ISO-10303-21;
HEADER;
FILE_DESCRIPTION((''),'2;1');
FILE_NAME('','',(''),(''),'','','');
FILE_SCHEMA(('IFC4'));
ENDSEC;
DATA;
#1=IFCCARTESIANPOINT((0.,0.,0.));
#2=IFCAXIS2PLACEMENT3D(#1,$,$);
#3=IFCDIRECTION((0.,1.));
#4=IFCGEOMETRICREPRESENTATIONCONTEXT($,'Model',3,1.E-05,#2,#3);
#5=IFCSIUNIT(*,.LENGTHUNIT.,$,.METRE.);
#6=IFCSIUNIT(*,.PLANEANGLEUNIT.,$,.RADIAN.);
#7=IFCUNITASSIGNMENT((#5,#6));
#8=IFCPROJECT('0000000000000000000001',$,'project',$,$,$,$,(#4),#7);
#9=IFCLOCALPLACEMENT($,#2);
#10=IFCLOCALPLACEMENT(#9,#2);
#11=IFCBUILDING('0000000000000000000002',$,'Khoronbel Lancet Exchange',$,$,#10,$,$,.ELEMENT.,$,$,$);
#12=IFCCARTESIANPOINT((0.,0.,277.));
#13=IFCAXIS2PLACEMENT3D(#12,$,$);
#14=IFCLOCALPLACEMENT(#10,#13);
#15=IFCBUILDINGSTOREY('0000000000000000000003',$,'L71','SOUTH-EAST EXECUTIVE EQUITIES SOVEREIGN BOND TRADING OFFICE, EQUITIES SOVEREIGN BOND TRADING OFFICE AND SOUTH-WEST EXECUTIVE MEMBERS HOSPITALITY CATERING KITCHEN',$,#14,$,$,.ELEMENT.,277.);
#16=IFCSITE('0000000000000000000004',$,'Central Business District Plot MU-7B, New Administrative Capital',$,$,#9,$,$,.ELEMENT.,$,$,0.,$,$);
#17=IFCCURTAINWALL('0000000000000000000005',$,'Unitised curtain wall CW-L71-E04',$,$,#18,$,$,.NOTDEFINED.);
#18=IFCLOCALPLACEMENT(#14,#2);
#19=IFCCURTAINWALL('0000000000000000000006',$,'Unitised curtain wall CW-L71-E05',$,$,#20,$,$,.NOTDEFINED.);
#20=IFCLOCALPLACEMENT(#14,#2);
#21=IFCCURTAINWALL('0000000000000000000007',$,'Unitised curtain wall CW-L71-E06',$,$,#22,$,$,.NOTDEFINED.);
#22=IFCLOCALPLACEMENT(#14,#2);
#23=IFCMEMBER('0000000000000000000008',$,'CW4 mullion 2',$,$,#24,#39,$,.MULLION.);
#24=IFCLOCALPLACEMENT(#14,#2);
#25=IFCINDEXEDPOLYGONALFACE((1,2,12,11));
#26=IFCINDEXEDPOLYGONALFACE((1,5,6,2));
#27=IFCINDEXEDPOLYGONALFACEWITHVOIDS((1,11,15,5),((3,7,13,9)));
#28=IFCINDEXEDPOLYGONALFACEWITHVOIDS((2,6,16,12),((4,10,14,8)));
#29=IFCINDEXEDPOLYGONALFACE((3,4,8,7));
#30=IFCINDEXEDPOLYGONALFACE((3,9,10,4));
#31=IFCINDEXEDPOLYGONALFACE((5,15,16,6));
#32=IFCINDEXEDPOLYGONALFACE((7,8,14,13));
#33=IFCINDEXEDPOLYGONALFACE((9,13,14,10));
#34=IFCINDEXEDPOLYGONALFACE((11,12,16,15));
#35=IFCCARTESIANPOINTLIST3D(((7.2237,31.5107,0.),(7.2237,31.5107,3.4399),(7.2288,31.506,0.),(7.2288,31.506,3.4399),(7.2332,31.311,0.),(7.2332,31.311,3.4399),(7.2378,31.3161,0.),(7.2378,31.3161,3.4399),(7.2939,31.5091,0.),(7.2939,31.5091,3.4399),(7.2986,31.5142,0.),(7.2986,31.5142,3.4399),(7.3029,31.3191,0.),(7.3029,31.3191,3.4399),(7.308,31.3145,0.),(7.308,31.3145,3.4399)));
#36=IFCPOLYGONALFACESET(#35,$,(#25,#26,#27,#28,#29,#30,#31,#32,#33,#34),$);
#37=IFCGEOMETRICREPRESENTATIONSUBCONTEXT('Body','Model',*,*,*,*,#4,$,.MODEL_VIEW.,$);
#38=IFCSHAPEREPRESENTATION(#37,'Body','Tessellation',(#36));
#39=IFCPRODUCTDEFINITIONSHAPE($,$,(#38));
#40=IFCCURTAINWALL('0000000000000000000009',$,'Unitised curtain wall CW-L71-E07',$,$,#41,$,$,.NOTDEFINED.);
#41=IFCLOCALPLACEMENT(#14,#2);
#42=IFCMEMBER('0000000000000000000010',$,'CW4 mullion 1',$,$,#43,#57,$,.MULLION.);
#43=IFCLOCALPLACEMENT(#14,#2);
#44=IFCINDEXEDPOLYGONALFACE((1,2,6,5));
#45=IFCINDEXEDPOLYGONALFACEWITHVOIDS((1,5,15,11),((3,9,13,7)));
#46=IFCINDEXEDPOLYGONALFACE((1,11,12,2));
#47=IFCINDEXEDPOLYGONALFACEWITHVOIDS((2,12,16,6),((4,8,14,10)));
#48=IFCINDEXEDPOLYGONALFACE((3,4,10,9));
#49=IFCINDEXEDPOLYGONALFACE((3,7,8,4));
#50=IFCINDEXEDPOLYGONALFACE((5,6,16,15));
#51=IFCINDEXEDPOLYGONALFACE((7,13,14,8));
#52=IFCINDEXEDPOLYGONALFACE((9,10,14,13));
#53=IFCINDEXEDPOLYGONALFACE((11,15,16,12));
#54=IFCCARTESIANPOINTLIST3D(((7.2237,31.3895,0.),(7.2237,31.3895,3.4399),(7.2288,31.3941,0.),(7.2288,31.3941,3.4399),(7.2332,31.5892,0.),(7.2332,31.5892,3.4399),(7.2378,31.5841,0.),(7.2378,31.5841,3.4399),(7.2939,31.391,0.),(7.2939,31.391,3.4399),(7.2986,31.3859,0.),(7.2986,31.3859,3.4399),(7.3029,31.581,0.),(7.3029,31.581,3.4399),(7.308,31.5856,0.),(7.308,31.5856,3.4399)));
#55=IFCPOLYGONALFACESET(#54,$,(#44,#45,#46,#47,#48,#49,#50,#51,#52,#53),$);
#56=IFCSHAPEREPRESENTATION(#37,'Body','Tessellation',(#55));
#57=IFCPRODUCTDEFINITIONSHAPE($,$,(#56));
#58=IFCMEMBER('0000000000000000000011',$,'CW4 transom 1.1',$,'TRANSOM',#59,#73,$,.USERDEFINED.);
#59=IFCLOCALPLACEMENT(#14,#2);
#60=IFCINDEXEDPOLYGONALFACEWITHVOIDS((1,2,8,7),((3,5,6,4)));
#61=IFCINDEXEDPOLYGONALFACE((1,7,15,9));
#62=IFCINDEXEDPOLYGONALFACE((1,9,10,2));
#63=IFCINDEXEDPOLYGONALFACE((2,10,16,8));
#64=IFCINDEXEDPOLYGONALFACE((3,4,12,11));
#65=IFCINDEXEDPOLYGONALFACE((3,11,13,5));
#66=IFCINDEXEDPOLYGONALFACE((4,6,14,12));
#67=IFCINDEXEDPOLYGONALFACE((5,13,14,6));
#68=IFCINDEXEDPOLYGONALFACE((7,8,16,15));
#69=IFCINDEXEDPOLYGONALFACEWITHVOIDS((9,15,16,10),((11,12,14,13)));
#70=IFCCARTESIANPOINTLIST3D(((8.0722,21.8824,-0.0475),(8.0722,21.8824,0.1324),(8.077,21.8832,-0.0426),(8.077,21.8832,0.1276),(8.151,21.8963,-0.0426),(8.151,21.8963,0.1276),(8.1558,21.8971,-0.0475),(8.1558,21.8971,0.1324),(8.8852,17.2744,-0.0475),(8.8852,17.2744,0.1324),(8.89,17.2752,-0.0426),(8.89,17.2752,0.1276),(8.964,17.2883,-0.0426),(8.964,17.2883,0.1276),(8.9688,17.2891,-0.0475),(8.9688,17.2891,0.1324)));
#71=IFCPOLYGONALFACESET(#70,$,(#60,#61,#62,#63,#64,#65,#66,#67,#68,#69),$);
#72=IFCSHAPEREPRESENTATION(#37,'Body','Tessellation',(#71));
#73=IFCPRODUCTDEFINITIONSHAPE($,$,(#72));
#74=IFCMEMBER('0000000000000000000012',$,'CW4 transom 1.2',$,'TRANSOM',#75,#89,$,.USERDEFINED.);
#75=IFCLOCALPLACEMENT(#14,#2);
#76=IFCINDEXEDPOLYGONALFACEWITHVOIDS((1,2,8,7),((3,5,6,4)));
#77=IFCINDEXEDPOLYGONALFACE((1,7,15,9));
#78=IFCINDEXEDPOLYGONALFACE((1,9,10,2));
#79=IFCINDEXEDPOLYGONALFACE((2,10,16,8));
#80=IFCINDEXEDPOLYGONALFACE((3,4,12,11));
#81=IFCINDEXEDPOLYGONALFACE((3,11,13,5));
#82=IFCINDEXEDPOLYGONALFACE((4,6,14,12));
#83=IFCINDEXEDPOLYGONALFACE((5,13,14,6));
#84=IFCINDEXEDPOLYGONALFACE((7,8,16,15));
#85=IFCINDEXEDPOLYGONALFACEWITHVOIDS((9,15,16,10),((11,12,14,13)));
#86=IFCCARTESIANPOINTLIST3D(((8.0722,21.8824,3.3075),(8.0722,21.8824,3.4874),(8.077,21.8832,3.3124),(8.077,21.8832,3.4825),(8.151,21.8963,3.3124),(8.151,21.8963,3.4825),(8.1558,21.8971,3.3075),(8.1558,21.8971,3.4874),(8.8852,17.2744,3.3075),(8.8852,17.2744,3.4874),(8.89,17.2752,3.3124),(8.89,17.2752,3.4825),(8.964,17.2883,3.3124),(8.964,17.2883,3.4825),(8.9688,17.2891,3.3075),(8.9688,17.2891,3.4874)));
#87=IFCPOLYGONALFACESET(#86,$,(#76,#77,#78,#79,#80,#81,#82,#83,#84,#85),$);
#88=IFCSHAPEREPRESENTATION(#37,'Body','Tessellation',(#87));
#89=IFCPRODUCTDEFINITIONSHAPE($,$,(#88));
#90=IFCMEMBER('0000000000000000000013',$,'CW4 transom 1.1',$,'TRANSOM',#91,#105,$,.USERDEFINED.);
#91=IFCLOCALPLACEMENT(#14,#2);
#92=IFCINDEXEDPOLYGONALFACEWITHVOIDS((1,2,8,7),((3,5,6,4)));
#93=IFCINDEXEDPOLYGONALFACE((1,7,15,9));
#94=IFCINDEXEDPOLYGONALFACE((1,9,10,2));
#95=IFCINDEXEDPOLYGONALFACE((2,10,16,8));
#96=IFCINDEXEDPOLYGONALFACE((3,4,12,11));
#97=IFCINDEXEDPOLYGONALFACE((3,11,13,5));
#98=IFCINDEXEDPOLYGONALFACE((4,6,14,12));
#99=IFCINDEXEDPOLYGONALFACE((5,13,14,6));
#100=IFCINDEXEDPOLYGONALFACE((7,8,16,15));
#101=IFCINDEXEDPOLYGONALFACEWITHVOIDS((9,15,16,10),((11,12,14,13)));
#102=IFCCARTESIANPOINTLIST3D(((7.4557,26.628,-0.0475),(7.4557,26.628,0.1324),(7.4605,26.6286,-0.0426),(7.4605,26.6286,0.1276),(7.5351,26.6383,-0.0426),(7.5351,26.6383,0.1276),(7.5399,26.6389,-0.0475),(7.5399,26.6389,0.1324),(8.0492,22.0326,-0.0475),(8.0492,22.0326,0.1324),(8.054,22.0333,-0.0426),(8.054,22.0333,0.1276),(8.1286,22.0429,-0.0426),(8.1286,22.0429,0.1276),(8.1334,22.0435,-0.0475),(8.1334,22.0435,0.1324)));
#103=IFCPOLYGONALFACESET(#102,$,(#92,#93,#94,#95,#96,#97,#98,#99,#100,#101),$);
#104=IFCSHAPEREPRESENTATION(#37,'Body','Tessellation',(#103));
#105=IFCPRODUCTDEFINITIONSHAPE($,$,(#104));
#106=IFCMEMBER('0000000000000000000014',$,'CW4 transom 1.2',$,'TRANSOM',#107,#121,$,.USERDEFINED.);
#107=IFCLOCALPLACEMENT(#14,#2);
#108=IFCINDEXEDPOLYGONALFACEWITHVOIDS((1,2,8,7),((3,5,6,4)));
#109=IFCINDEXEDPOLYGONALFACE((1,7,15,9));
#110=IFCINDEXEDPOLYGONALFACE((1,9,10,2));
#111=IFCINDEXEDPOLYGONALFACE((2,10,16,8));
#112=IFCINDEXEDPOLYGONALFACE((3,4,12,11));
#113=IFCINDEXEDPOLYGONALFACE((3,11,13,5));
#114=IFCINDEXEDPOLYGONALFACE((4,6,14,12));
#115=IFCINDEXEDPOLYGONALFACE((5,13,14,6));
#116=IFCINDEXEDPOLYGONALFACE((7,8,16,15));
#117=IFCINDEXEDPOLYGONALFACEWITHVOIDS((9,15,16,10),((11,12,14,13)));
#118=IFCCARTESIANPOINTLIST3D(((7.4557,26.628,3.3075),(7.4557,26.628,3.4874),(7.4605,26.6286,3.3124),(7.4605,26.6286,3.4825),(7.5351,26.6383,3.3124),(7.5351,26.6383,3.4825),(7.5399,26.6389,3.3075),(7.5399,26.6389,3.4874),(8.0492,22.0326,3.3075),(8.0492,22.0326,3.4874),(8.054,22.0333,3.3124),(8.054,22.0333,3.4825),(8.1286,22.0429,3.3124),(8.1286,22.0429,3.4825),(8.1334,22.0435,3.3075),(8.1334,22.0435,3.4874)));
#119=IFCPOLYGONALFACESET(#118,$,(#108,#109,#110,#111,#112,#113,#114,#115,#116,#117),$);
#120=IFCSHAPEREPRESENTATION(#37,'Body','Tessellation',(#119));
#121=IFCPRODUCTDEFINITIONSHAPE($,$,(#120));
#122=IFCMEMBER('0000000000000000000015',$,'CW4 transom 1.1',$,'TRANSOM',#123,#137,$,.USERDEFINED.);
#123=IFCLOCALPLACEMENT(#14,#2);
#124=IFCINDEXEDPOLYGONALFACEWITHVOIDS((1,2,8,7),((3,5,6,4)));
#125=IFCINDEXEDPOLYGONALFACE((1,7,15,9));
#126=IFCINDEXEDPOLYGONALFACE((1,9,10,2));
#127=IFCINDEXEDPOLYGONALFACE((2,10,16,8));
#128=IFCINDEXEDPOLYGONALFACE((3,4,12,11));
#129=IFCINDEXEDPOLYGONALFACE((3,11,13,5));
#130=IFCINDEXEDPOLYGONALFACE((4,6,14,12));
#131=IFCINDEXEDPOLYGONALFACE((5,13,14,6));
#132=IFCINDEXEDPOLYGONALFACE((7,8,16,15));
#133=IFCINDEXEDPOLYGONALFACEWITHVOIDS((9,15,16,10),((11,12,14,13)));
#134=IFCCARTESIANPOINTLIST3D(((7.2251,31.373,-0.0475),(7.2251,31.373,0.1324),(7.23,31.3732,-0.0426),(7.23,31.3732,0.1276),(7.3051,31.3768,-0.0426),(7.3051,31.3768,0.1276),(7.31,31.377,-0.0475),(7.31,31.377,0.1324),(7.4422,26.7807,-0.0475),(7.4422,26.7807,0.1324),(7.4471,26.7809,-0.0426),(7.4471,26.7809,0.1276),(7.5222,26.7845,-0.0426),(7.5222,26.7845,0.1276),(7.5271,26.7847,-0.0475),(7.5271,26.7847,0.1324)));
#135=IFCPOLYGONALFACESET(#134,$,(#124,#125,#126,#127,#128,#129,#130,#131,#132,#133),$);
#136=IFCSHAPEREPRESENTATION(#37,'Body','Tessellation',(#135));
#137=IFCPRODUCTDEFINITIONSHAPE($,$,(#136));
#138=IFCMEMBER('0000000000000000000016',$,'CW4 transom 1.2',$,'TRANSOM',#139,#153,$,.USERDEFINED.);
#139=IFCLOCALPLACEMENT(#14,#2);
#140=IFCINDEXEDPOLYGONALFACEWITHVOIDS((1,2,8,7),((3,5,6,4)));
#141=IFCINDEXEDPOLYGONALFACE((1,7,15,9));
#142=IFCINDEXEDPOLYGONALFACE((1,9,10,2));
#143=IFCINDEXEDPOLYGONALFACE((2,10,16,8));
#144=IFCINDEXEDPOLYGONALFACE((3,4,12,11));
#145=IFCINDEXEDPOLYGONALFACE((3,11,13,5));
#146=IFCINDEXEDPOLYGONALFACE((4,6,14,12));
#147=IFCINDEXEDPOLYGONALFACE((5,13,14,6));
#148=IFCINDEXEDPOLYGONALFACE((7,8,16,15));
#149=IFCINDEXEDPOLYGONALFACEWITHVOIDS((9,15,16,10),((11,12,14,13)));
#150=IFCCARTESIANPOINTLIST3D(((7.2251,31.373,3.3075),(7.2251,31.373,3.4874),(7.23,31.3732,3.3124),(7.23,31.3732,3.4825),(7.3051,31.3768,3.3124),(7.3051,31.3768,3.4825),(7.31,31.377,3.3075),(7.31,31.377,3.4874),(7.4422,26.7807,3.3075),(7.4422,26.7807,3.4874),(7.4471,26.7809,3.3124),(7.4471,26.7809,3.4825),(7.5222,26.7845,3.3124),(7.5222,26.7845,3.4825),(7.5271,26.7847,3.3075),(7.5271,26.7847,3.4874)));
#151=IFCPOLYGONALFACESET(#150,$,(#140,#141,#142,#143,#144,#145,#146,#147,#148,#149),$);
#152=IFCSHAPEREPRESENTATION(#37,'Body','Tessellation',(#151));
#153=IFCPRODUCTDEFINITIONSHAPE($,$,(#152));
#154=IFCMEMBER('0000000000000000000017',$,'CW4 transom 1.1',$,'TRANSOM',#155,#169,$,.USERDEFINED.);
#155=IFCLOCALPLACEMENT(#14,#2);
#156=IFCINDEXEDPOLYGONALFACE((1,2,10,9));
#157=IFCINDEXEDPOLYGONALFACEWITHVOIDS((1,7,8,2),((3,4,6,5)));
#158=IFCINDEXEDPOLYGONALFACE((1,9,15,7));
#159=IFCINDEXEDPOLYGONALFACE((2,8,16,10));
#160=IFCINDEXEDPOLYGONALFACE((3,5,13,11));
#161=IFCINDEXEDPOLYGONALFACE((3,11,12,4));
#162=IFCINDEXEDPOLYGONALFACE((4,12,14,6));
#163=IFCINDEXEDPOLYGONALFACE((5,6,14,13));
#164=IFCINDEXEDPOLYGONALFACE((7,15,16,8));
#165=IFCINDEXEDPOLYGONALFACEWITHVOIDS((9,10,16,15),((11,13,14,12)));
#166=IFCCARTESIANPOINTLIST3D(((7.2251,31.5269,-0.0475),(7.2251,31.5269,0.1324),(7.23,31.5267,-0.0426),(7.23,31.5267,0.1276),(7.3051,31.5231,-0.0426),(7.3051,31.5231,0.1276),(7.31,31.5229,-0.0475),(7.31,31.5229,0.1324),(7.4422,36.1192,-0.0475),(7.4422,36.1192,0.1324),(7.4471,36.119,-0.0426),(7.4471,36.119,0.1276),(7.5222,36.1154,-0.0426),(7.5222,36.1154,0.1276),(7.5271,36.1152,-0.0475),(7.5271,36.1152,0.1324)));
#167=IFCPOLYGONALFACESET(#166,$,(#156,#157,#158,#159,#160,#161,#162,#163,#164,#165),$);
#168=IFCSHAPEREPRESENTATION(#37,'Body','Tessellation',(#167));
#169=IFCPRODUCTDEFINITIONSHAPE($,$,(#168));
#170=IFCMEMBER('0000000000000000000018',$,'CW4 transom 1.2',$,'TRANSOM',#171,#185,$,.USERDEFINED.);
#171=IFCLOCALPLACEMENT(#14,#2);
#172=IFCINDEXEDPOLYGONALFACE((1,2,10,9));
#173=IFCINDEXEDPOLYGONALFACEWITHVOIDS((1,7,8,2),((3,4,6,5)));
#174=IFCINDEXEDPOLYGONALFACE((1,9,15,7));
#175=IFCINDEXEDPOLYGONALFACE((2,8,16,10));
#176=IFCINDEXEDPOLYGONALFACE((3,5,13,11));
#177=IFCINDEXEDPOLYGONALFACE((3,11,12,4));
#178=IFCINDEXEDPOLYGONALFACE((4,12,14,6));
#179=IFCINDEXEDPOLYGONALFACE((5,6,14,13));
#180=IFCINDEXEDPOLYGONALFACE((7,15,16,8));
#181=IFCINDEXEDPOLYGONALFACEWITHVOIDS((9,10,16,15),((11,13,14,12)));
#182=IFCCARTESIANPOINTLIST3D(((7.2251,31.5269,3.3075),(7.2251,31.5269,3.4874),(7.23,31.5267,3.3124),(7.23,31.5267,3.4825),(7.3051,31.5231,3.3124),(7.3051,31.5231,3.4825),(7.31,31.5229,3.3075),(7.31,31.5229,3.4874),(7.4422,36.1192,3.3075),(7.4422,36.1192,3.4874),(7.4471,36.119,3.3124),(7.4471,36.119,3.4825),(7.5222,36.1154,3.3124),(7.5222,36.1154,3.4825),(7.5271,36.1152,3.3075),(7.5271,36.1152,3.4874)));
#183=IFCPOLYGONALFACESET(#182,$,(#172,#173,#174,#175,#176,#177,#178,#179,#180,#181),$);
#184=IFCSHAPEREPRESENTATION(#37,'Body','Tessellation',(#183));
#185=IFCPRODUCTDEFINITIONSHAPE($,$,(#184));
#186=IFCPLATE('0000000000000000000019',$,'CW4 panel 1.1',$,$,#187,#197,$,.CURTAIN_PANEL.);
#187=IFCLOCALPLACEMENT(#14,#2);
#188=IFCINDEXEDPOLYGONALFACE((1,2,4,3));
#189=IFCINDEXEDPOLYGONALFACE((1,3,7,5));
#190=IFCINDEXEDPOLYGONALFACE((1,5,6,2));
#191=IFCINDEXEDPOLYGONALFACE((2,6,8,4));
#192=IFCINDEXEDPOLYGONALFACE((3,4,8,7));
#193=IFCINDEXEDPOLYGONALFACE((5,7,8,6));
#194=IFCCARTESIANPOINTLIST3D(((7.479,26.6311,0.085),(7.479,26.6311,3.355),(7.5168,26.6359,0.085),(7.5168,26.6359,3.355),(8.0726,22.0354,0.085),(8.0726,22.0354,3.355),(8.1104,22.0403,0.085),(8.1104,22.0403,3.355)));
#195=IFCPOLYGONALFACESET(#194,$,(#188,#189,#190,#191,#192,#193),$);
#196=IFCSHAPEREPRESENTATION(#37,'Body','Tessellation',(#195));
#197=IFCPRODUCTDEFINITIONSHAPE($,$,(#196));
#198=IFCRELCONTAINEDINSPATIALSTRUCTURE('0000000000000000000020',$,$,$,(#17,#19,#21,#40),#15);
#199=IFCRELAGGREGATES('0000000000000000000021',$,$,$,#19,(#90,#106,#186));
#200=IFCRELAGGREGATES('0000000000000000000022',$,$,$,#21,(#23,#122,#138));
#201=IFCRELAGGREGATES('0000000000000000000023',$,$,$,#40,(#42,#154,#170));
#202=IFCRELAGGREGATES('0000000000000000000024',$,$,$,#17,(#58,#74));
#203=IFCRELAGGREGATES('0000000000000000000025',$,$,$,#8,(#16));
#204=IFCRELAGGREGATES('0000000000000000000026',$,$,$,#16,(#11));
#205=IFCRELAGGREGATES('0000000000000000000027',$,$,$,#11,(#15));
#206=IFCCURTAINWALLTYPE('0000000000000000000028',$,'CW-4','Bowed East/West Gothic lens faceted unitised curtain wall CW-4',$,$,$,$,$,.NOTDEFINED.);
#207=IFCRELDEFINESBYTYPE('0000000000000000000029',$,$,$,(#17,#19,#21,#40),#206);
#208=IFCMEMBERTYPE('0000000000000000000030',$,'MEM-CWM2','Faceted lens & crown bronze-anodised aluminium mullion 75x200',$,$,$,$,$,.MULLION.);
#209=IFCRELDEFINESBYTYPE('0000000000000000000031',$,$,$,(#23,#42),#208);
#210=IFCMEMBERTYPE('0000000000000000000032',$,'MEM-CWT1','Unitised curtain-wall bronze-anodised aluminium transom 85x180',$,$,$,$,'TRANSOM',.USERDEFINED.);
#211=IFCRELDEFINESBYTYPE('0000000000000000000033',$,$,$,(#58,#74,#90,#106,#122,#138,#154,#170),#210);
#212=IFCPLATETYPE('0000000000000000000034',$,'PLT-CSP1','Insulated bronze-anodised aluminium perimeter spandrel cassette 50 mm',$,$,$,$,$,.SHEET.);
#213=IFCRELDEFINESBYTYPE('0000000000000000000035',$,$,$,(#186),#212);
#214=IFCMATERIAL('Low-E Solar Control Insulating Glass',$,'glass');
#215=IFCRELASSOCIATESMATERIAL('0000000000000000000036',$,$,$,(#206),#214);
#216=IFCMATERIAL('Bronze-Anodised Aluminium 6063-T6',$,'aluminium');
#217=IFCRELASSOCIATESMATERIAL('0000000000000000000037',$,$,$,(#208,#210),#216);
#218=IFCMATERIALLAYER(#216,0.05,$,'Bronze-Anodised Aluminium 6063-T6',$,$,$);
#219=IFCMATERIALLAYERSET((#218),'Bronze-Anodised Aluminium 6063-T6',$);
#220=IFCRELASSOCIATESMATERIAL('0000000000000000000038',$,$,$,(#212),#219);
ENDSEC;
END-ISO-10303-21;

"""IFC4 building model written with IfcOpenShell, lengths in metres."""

from ifc_helpers import new_model, si_unit, direction, frame, origin, origin_2d, place, context, subcontext, project, spatial, rectangle, hollow_rectangle, extrude, material, layer, layer_set, material_profile, profile_set, type_object, element, aggregate, save


model = new_model("IFC4")

# Units and contexts
model_context = context("Model", 3, precision=1e-05, world=origin(), true_north=direction((0.0, 1.0)))
body_context = subcontext(model_context, "Body", "Model", "MODEL_VIEW")
ifc_project = project(units=[si_unit("LENGTHUNIT", "METRE"), si_unit("PLANEANGLEUNIT", "RADIAN")], contexts=[model_context])

# Site, building, storey
site_placement = place(None, origin())
site = spatial("IfcSite", under=ifc_project, at=site_placement, Name="Central Business District Plot MU-7B, New Administrative Capital", CompositionType="ELEMENT", RefElevation=0.0)
building_placement = place(site_placement, origin())
building = spatial("IfcBuilding", under=site, at=building_placement, Name="Khoronbel Lancet Exchange", CompositionType="ELEMENT")
storey_placement = place(building_placement, frame((0.0, 0.0, 277.0)))
storey = spatial("IfcBuildingStorey", under=building, at=storey_placement, Name="L71", Description="SOUTH-EAST EXECUTIVE EQUITIES SOVEREIGN BOND TRADING OFFICE, EQUITIES SOVEREIGN BOND TRADING OFFICE AND SOUTH-WEST EXECUTIVE MEMBERS HOSPITALITY CATERING KITCHEN", CompositionType="ELEMENT", Elevation=277.0)

# Curtain walls, member
ifc_material_1 = material(Name="Low-E Solar Control Insulating Glass", Category="glass")
curtain_wall_type = type_object("IfcCurtainWallType", Name="CW-4", Description="Bowed East/West Gothic lens faceted unitised curtain wall CW-4", PredefinedType="NOTDEFINED", material=ifc_material_1)
curtain_wall_1_placement = place(storey_placement, origin())
curtain_wall_1 = element("IfcCurtainWall", 1, at=curtain_wall_1_placement, inside=storey, type_object=curtain_wall_type, Name="Unitised curtain wall CW-L71-E04", PredefinedType="NOTDEFINED")
ifc_material_2 = material(Name="Bronze-Anodised Aluminium 6063-T6", Category="aluminium")
ifc_material_profile_1 = material_profile(ifc_material_2, hollow_rectangle(XDim=0.075, YDim=0.2, WallThickness=0.0049, at=origin_2d()), Name="ALU MULLION 75x200")
ifc_profile_set_1 = profile_set([ifc_material_profile_1], Name="Bronze-Anodised Aluminium 6063-T6")
member_type_1 = type_object("IfcMemberType", Name="MEM-CWM2", Description="Faceted lens & crown bronze-anodised aluminium mullion 75x200", PredefinedType="MULLION", material=ifc_profile_set_1)
curtain_wall_2_placement = place(storey_placement, origin())
curtain_wall_2 = element("IfcCurtainWall", 2, at=curtain_wall_2_placement, inside=storey, type_object=curtain_wall_type, Name="Unitised curtain wall CW-L71-E05", PredefinedType="NOTDEFINED")
curtain_wall_3_placement = place(storey_placement, origin())
curtain_wall_3 = element("IfcCurtainWall", 3, at=curtain_wall_3_placement, inside=storey, type_object=curtain_wall_type, Name="Unitised curtain wall CW-L71-E06", PredefinedType="NOTDEFINED")
member_1_placement = place(storey_placement, frame((7.2659, 31.4126, 0.0), z_axis=(0.0, 0.0, 1.0), x_axis=(-0.998885, -0.047205, 0.0)))
member_1 = element("IfcMember", 4, at=member_1_placement, type_object=member_type_1, Name="CW4 mullion 2", PredefinedType="MULLION", context=body_context, shape_type="SweptSolid", body=[
    extrude(hollow_rectangle(XDim=0.075, YDim=0.2, WallThickness=0.0049, at=origin_2d()), origin(), (0.0, 0.0, 1.0), 3.4399),
])

# Curtain wall, member
curtain_wall_4_placement = place(storey_placement, origin())
curtain_wall_4 = element("IfcCurtainWall", 5, at=curtain_wall_4_placement, inside=storey, type_object=curtain_wall_type, Name="Unitised curtain wall CW-L71-E07", PredefinedType="NOTDEFINED")
member_2_placement = place(storey_placement, frame((7.2659, 31.4875, 0.0), z_axis=(0.0, 0.0, 1.0), x_axis=(-0.998885, 0.047205, 0.0)))
member_2 = element("IfcMember", 6, at=member_2_placement, type_object=member_type_1, Name="CW4 mullion 1", PredefinedType="MULLION", context=body_context, shape_type="SweptSolid", body=[
    extrude(hollow_rectangle(XDim=0.075, YDim=0.2, WallThickness=0.0049, at=origin_2d()), origin(), (0.0, 0.0, 1.0), 3.4399),
])

# Members
ifc_material_profile_2 = material_profile(ifc_material_2, hollow_rectangle(XDim=0.085, YDim=0.1799, WallThickness=0.0049, at=origin_2d()), Name="ALU TRANSOM 85x180")
ifc_profile_set_2 = profile_set([ifc_material_profile_2], Name="Bronze-Anodised Aluminium 6063-T6")
member_type_2 = type_object("IfcMemberType", Name="MEM-CWT1", Description="Unitised curtain-wall bronze-anodised aluminium transom 85x180", ElementType="TRANSOM", PredefinedType="USERDEFINED", material=ifc_profile_set_2)
member_3_placement = place(storey_placement, frame((8.927, 17.2817, 0.0425), z_axis=(-0.17375, 0.98479, 0.0), x_axis=(-0.98479, -0.17375, 0.0)))
member_3 = element("IfcMember", 7, at=member_3_placement, type_object=member_type_2, Name="CW4 transom 1.1", ObjectType="TRANSOM", PredefinedType="USERDEFINED", context=body_context, shape_type="SweptSolid", body=[
    extrude(hollow_rectangle(XDim=0.085, YDim=0.1799, WallThickness=0.0049, at=origin_2d()), origin(), (0.0, 0.0, 1.0), 4.6792),
])
member_4_placement = place(storey_placement, frame((8.927, 17.2817, 3.3975), z_axis=(-0.17375, 0.98479, 0.0), x_axis=(-0.98479, -0.17375, 0.0)))
member_4 = element("IfcMember", 8, at=member_4_placement, type_object=member_type_2, Name="CW4 transom 1.2", ObjectType="TRANSOM", PredefinedType="USERDEFINED", context=body_context, shape_type="SweptSolid", body=[
    extrude(hollow_rectangle(XDim=0.085, YDim=0.1799, WallThickness=0.0049, at=origin_2d()), origin(), (0.0, 0.0, 1.0), 4.6792),
])
member_5_placement = place(storey_placement, frame((8.0913, 22.0381, 0.0425), z_axis=(-0.128087, 0.991763, 0.0), x_axis=(-0.991763, -0.128087, 0.0)))
member_5 = element("IfcMember", 9, at=member_5_placement, type_object=member_type_2, Name="CW4 transom 1.1", ObjectType="TRANSOM", PredefinedType="USERDEFINED", context=body_context, shape_type="SweptSolid", body=[
    extrude(hollow_rectangle(XDim=0.085, YDim=0.1799, WallThickness=0.0049, at=origin_2d()), origin(), (0.0, 0.0, 1.0), 4.6335),
])
member_6_placement = place(storey_placement, frame((8.0913, 22.0381, 3.3975), z_axis=(-0.128087, 0.991763, 0.0), x_axis=(-0.991763, -0.128087, 0.0)))
member_6 = element("IfcMember", 10, at=member_6_placement, type_object=member_type_2, Name="CW4 transom 1.2", ObjectType="TRANSOM", PredefinedType="USERDEFINED", context=body_context, shape_type="SweptSolid", body=[
    extrude(hollow_rectangle(XDim=0.085, YDim=0.1799, WallThickness=0.0049, at=origin_2d()), origin(), (0.0, 0.0, 1.0), 4.6335),
])
member_7_placement = place(storey_placement, frame((7.4846, 26.7827, 0.0425), z_axis=(-0.047209, 0.998885, 0.0), x_axis=(-0.998885, -0.047209, 0.0)))
member_7 = element("IfcMember", 11, at=member_7_placement, type_object=member_type_2, Name="CW4 transom 1.1", ObjectType="TRANSOM", PredefinedType="USERDEFINED", context=body_context, shape_type="SweptSolid", body=[
    extrude(hollow_rectangle(XDim=0.085, YDim=0.1799, WallThickness=0.0049, at=origin_2d()), origin(), (0.0, 0.0, 1.0), 4.5974),
])
member_8_placement = place(storey_placement, frame((7.4846, 26.7827, 3.3975), z_axis=(-0.047209, 0.998885, 0.0), x_axis=(-0.998885, -0.047209, 0.0)))
member_8 = element("IfcMember", 12, at=member_8_placement, type_object=member_type_2, Name="CW4 transom 1.2", ObjectType="TRANSOM", PredefinedType="USERDEFINED", context=body_context, shape_type="SweptSolid", body=[
    extrude(hollow_rectangle(XDim=0.085, YDim=0.1799, WallThickness=0.0049, at=origin_2d()), origin(), (0.0, 0.0, 1.0), 4.5974),
])
member_9_placement = place(storey_placement, frame((7.2676, 31.5249, 0.0425), z_axis=(0.047209, 0.998885, 0.0), x_axis=(-0.998885, 0.047209, 0.0)))
member_9 = element("IfcMember", 13, at=member_9_placement, type_object=member_type_2, Name="CW4 transom 1.1", ObjectType="TRANSOM", PredefinedType="USERDEFINED", context=body_context, shape_type="SweptSolid", body=[
    extrude(hollow_rectangle(XDim=0.085, YDim=0.1799, WallThickness=0.0049, at=origin_2d()), origin(), (0.0, 0.0, 1.0), 4.5974),
])
member_10_placement = place(storey_placement, frame((7.2676, 31.5249, 3.3975), z_axis=(0.047209, 0.998885, 0.0), x_axis=(-0.998885, 0.047209, 0.0)))
member_10 = element("IfcMember", 14, at=member_10_placement, type_object=member_type_2, Name="CW4 transom 1.2", ObjectType="TRANSOM", PredefinedType="USERDEFINED", context=body_context, shape_type="SweptSolid", body=[
    extrude(hollow_rectangle(XDim=0.085, YDim=0.1799, WallThickness=0.0049, at=origin_2d()), origin(), (0.0, 0.0, 1.0), 4.5974),
])

# Plate
ifc_layer_1 = layer(ifc_material_2, 0.05, Name="Bronze-Anodised Aluminium 6063-T6")
ifc_layer_set_1 = layer_set([ifc_layer_1], Name="Bronze-Anodised Aluminium 6063-T6")
plate_type_1 = type_object("IfcPlateType", Name="PLT-CSP1", Description="Insulated bronze-anodised aluminium perimeter spandrel cassette 50 mm", PredefinedType="SHEET", material=ifc_layer_set_1)
plate_1_placement = place(storey_placement, frame((7.7947, 24.3357, 0.085), z_axis=(0.0, 0.0, 1.0), x_axis=(-0.128101, 0.991761, 0.0)))
plate_1 = element("IfcPlate", 15, at=plate_1_placement, type_object=plate_type_1, Name="CW4 panel 1.1", PredefinedType="CURTAIN_PANEL", context=body_context, shape_type="SweptSolid", body=[
    extrude(rectangle(XDim=4.6338, YDim=0.0381, at=origin_2d()), origin(), (0.0, 0.0, 1.0), 3.27),
])
aggregate(curtain_wall_2, [member_5, member_6, plate_1])
aggregate(curtain_wall_3, [member_1, member_7, member_8])
aggregate(curtain_wall_4, [member_2, member_9, member_10])
aggregate(curtain_wall_1, [member_3, member_4])

save(model, "model.ifc")
